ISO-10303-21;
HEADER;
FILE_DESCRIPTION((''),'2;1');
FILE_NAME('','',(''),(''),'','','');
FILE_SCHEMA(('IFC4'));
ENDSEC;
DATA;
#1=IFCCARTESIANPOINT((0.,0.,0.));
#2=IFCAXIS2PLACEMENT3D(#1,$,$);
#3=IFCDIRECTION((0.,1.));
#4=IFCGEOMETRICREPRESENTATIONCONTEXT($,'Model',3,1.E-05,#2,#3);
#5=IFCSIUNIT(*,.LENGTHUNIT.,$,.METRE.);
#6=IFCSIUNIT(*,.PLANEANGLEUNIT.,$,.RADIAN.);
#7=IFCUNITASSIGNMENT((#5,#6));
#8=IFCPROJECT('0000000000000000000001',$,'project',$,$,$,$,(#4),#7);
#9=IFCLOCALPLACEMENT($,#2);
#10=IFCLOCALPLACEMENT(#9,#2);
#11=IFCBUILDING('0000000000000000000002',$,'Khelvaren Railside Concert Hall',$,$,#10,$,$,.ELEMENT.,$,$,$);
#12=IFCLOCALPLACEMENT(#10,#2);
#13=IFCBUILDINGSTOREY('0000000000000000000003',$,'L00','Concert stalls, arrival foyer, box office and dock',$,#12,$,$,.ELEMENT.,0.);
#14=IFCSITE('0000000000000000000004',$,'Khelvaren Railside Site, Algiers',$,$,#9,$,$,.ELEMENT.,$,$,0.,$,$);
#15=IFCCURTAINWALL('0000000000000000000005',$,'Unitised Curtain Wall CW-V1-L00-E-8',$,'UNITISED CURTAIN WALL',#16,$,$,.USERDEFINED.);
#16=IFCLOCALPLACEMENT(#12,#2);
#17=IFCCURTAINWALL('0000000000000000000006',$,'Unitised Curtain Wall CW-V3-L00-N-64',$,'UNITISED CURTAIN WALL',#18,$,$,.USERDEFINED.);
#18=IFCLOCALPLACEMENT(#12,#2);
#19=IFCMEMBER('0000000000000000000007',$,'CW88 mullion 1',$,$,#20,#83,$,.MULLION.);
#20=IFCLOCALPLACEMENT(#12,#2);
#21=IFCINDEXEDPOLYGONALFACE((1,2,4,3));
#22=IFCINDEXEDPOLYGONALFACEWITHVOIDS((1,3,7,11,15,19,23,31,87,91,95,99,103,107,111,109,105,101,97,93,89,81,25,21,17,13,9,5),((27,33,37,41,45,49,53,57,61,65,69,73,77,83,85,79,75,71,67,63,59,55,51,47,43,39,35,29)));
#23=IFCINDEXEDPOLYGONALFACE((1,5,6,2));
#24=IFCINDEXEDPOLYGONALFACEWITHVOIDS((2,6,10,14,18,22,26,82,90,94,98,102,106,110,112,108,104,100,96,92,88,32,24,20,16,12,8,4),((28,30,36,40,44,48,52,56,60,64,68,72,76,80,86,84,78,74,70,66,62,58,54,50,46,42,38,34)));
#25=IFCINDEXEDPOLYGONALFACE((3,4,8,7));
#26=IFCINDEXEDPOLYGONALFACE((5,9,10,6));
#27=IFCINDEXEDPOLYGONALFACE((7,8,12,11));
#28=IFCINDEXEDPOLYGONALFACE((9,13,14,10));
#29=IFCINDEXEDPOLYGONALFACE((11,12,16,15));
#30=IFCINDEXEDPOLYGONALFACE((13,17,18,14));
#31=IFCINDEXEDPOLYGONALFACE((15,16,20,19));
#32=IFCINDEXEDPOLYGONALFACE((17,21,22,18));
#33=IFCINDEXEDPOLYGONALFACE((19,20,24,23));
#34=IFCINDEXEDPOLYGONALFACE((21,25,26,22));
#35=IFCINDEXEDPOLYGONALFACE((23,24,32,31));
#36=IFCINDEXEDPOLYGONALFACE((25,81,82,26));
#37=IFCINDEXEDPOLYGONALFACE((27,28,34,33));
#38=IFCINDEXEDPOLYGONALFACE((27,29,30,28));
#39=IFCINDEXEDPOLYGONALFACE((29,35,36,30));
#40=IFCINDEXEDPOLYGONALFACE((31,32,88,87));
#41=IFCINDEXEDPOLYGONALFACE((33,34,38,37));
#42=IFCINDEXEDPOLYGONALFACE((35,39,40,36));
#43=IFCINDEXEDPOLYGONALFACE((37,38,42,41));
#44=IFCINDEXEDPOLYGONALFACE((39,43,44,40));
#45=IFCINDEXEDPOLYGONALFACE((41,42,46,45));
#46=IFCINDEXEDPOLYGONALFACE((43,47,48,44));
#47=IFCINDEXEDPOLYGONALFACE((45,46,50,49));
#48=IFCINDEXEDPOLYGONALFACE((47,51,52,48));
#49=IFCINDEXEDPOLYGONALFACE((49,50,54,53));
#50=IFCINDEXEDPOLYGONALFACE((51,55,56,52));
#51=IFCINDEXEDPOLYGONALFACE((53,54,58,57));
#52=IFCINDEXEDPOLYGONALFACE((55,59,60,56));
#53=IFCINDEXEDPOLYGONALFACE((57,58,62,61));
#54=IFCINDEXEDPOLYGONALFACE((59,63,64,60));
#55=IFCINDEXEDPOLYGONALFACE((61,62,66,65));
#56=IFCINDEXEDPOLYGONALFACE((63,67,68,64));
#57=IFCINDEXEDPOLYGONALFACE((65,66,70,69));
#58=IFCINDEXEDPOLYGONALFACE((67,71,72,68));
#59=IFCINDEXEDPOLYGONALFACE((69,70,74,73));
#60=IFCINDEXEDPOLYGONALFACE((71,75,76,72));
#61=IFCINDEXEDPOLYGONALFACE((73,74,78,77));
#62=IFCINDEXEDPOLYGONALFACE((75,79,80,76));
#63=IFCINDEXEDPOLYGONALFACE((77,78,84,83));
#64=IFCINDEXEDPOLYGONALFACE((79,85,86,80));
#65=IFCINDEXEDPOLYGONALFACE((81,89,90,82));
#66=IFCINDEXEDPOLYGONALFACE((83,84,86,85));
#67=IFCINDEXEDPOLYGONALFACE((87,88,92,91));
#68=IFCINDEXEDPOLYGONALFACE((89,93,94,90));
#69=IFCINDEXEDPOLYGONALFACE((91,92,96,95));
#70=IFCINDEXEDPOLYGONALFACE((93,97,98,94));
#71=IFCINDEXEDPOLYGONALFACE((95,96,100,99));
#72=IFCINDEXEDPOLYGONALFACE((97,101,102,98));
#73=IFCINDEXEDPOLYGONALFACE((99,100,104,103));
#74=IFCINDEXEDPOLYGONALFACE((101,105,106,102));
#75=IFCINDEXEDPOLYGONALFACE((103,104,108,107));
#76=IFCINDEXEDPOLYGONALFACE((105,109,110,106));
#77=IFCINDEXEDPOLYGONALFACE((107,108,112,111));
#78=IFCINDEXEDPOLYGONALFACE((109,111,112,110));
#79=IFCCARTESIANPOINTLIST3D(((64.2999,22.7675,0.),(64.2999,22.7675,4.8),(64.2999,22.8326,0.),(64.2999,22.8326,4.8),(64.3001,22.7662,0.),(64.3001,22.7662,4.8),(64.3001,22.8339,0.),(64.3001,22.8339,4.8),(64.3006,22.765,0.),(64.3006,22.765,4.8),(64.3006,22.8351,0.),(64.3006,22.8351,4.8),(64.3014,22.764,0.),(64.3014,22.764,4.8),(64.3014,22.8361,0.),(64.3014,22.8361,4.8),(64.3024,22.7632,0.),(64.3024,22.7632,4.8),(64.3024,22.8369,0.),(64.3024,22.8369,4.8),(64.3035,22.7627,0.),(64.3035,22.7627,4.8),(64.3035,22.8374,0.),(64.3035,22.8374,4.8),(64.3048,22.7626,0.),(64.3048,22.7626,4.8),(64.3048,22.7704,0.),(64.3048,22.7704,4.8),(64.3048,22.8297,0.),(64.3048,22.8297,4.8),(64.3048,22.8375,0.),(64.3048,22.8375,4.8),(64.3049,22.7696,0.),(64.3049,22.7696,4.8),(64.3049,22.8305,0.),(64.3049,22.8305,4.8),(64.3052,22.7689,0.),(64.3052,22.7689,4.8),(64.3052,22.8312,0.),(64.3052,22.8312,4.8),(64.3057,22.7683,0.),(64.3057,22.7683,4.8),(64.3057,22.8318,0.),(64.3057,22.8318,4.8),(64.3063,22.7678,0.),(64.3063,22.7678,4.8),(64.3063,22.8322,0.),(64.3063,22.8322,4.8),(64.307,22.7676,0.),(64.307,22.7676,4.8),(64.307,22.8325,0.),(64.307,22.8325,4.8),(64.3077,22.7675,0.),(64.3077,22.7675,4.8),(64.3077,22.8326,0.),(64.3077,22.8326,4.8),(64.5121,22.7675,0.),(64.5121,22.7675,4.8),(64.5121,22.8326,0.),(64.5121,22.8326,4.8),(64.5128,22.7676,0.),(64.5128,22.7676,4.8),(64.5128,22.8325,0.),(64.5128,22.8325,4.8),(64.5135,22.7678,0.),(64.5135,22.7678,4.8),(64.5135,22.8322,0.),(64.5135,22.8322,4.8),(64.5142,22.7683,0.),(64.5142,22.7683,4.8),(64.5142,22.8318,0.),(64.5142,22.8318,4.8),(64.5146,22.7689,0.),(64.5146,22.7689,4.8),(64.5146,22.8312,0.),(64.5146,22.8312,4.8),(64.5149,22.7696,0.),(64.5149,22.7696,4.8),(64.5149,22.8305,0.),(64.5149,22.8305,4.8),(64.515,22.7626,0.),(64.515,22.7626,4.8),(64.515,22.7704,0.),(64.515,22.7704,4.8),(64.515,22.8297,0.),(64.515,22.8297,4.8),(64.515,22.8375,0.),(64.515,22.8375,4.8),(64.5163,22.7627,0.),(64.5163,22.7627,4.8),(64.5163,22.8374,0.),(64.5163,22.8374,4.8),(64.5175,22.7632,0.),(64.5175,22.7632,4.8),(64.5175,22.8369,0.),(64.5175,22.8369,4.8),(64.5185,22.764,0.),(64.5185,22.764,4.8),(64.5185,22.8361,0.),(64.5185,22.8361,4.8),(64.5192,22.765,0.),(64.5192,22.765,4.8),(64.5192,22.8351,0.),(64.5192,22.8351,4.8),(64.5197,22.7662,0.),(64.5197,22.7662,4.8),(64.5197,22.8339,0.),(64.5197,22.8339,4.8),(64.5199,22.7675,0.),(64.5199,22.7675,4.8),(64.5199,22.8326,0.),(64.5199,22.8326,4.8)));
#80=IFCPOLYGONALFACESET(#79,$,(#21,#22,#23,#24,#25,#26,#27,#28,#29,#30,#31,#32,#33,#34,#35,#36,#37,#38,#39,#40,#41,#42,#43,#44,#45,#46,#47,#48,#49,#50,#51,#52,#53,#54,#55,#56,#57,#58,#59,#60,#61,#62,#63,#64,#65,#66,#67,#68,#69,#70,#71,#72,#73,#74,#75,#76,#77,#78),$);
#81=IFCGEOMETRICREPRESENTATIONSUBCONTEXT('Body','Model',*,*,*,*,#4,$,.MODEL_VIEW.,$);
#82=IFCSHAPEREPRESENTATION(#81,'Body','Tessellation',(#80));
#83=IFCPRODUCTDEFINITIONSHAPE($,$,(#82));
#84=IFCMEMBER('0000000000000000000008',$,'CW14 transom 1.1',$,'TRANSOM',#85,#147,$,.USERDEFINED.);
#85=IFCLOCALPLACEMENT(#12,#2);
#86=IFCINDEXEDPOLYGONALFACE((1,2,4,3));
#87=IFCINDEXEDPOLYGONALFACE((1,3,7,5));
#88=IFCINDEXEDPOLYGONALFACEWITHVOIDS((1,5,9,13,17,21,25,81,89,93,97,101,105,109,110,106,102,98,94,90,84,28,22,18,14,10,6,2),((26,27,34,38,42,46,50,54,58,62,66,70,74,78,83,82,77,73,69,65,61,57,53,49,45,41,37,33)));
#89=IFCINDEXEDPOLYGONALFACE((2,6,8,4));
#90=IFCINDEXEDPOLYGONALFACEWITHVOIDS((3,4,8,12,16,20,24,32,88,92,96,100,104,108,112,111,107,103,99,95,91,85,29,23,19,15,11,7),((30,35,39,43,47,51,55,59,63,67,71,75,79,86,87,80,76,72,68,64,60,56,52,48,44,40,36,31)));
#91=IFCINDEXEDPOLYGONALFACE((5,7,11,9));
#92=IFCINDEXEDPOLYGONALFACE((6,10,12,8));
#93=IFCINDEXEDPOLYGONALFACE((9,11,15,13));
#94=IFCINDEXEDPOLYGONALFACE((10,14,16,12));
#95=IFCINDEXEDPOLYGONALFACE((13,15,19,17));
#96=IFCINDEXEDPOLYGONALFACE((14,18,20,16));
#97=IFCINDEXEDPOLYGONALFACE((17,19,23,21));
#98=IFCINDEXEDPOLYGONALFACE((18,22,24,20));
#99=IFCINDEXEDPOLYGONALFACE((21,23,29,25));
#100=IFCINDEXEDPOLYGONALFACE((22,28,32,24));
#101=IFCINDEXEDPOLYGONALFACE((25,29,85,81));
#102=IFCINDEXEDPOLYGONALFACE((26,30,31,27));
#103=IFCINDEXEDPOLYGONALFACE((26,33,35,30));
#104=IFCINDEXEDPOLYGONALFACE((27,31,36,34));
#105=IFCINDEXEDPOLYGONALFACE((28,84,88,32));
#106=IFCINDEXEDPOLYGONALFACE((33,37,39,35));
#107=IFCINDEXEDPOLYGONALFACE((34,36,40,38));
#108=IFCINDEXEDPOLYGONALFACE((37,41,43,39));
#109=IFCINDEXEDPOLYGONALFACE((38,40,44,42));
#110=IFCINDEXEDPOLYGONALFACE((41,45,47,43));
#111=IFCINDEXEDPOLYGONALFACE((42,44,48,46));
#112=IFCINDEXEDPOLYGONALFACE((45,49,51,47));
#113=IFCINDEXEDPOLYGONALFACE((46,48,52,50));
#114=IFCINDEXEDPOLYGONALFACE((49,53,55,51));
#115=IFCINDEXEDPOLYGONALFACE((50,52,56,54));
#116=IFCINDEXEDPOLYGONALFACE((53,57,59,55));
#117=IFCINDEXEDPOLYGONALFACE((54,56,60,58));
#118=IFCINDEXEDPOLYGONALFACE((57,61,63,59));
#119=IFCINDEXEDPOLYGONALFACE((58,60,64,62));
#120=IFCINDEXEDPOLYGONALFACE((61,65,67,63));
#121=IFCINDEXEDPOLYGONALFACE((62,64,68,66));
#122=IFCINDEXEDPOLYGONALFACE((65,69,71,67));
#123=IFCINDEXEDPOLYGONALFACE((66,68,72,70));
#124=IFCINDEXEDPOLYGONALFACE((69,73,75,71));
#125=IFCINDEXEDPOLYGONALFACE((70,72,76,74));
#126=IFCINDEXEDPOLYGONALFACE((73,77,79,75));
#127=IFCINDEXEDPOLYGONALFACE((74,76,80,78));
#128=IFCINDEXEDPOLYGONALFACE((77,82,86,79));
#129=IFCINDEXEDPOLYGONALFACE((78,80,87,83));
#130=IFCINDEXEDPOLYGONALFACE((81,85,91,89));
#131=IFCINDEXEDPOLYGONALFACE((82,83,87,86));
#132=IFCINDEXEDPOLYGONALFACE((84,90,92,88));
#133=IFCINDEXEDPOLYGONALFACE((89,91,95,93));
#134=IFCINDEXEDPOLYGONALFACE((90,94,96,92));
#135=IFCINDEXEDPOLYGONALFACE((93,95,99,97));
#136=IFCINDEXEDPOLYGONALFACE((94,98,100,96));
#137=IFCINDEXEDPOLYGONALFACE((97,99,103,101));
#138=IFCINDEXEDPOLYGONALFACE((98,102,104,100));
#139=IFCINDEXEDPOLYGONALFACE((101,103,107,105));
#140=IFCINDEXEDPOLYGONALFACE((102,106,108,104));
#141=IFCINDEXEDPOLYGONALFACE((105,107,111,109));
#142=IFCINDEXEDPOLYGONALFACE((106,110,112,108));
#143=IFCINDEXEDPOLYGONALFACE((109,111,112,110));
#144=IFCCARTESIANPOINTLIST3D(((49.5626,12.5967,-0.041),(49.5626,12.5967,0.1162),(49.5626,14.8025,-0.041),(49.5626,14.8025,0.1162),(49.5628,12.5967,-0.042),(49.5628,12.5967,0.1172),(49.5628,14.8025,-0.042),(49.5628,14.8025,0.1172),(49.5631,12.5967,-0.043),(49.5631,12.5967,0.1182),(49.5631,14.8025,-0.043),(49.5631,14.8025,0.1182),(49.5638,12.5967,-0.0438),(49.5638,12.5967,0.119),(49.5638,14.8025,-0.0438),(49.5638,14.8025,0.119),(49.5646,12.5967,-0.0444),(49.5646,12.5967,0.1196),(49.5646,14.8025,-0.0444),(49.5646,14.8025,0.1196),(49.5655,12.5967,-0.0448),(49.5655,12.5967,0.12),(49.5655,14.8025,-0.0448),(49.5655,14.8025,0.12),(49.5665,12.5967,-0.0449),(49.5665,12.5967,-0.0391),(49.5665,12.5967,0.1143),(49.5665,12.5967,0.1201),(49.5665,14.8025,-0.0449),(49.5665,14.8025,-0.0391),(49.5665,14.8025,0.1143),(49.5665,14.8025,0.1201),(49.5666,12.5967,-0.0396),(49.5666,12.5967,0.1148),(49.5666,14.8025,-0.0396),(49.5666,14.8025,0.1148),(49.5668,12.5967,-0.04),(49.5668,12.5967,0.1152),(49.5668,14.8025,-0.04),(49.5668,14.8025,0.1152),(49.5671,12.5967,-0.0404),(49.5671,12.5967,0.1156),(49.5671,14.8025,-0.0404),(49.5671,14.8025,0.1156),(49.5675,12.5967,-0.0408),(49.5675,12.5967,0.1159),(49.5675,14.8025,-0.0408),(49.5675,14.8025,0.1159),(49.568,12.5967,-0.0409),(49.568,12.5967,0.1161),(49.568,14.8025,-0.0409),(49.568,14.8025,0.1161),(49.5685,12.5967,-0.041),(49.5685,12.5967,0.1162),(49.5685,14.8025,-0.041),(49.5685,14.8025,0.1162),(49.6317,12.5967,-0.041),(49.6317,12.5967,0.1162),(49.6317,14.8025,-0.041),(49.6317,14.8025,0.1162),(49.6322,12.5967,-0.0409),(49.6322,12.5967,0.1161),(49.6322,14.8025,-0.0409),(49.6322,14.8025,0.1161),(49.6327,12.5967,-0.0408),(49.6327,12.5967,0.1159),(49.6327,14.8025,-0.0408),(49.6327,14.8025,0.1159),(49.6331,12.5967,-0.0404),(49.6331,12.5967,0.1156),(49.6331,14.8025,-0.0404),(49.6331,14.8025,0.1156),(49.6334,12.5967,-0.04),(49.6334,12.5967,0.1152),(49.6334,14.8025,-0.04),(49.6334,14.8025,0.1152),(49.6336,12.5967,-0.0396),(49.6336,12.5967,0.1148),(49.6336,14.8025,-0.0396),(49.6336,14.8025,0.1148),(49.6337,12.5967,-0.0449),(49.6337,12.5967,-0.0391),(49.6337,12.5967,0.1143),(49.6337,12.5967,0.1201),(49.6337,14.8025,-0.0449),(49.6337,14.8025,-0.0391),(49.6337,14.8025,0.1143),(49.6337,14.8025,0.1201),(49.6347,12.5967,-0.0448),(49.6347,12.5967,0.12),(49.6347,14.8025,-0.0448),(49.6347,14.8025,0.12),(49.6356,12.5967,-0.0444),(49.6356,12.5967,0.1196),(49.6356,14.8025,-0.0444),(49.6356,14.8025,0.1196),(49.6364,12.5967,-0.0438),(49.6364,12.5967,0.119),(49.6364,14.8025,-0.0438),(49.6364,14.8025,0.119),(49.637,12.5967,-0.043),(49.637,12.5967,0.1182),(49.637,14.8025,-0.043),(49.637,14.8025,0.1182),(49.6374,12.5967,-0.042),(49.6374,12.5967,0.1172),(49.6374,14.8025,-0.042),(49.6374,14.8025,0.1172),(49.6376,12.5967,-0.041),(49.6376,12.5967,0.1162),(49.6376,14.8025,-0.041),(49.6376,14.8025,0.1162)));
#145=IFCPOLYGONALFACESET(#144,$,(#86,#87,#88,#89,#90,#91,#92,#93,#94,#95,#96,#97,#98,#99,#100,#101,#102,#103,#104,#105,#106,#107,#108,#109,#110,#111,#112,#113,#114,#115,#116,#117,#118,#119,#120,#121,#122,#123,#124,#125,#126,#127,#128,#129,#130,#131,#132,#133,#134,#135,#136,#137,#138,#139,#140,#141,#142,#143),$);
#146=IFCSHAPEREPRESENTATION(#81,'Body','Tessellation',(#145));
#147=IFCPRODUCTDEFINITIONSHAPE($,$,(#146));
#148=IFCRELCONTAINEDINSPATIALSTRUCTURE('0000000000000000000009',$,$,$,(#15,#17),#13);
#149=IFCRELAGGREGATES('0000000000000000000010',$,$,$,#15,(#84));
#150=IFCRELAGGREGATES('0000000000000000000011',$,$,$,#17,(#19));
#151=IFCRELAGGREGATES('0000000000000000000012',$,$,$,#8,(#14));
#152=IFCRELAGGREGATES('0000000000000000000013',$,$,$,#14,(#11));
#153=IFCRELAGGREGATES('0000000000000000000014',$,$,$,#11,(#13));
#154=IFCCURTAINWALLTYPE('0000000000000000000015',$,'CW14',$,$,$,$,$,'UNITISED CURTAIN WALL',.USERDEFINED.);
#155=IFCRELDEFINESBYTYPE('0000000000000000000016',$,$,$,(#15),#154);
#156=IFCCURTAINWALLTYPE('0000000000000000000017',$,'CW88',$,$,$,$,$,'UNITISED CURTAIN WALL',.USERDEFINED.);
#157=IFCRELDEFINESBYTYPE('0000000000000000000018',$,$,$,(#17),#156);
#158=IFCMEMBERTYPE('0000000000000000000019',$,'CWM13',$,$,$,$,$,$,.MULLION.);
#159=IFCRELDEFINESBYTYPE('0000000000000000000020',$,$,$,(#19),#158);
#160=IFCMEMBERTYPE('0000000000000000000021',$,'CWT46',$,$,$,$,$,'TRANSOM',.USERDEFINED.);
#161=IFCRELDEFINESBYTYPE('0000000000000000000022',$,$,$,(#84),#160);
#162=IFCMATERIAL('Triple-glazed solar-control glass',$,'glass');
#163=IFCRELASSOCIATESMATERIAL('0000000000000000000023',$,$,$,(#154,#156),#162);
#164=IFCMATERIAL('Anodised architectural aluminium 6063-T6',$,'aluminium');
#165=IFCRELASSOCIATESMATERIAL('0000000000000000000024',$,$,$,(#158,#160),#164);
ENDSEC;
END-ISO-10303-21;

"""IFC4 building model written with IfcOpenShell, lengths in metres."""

from ifc_helpers import new_model, si_unit, direction, frame, origin, origin_2d, place, context, subcontext, project, spatial, hollow_rectangle, extrude, material, material_profile, profile_set, type_object, element, aggregate, save


model = new_model("IFC4")

# Units and contexts
model_context = context("Model", 3, precision=1e-05, world=origin(), true_north=direction((0.0, 1.0)))
body_context = subcontext(model_context, "Body", "Model", "MODEL_VIEW")
ifc_project = project(units=[si_unit("LENGTHUNIT", "METRE"), si_unit("PLANEANGLEUNIT", "RADIAN")], contexts=[model_context])

# Site, building, storey
site_placement = place(None, origin())
site = spatial("IfcSite", under=ifc_project, at=site_placement, Name="Khelvaren Railside Site, Algiers", CompositionType="ELEMENT", RefElevation=0.0)
building_placement = place(site_placement, origin())
building = spatial("IfcBuilding", under=site, at=building_placement, Name="Khelvaren Railside Concert Hall", CompositionType="ELEMENT")
storey_placement = place(building_placement, origin())
storey = spatial("IfcBuildingStorey", under=building, at=storey_placement, Name="L00", Description="Concert stalls, arrival foyer, box office and dock", CompositionType="ELEMENT", Elevation=0.0)

# Curtain wall
ifc_material_1 = material(Name="Triple-glazed solar-control glass", Category="glass")
curtain_wall_type_1 = type_object("IfcCurtainWallType", Name="CW14", ElementType="UNITISED CURTAIN WALL", PredefinedType="USERDEFINED", material=ifc_material_1)
curtain_wall_1_placement = place(storey_placement, origin())
curtain_wall_1 = element("IfcCurtainWall", 1, at=curtain_wall_1_placement, inside=storey, type_object=curtain_wall_type_1, Name="Unitised Curtain Wall CW-V1-L00-E-8", ObjectType="UNITISED CURTAIN WALL", PredefinedType="USERDEFINED")
ifc_material_2 = material(Name="Anodised architectural aluminium 6063-T6", Category="aluminium")
ifc_material_profile_1 = material_profile(ifc_material_2, hollow_rectangle(XDim=0.075, YDim=0.22, WallThickness=0.0049, InnerFilletRadius=0.0029, OuterFilletRadius=0.0049, at=origin_2d()), Name="CWM 75x220x5")
ifc_profile_set_1 = profile_set([ifc_material_profile_1], Name="Anodised architectural aluminium 6063-T6")
member_type_1 = type_object("IfcMemberType", Name="CWM13", PredefinedType="MULLION", material=ifc_profile_set_1)

# Curtain wall, member
curtain_wall_type_2 = type_object("IfcCurtainWallType", Name="CW88", ElementType="UNITISED CURTAIN WALL", PredefinedType="USERDEFINED", material=ifc_material_1)
curtain_wall_2_placement = place(storey_placement, origin())
curtain_wall_2 = element("IfcCurtainWall", 2, at=curtain_wall_2_placement, inside=storey, type_object=curtain_wall_type_2, Name="Unitised Curtain Wall CW-V3-L00-N-64", ObjectType="UNITISED CURTAIN WALL", PredefinedType="USERDEFINED")
member_1_placement = place(storey_placement, frame((64.4099, 22.8, 0.0), z_axis=(0.0, 0.0, 1.0), x_axis=(0.0, 1.0, 0.0)))
member_1 = element("IfcMember", 3, at=member_1_placement, type_object=member_type_1, Name="CW88 mullion 1", PredefinedType="MULLION", context=body_context, shape_type="SweptSolid", body=[
    extrude(hollow_rectangle(XDim=0.075, YDim=0.22, WallThickness=0.0049, InnerFilletRadius=0.0029, OuterFilletRadius=0.0049, at=origin_2d()), origin(), (0.0, 0.0, 1.0), 4.8),
])

# Member
ifc_material_profile_2 = material_profile(ifc_material_2, hollow_rectangle(XDim=0.075, YDim=0.165, WallThickness=0.0039, InnerFilletRadius=0.002, OuterFilletRadius=0.0039, at=origin_2d()), Name="CWT 75x165x4")
ifc_profile_set_2 = profile_set([ifc_material_profile_2], Name="Anodised architectural aluminium 6063-T6")
member_type_2 = type_object("IfcMemberType", Name="CWT46", ElementType="TRANSOM", PredefinedType="USERDEFINED", material=ifc_profile_set_2)
member_2_placement = place(storey_placement, frame((49.6001, 14.8025, 0.0376), z_axis=(0.0, -1.0, 0.0), x_axis=(1.0, 0.0, 0.0)))
member_2 = element("IfcMember", 4, at=member_2_placement, type_object=member_type_2, Name="CW14 transom 1.1", ObjectType="TRANSOM", PredefinedType="USERDEFINED", context=body_context, shape_type="SweptSolid", body=[
    extrude(hollow_rectangle(XDim=0.075, YDim=0.165, WallThickness=0.0039, InnerFilletRadius=0.002, OuterFilletRadius=0.0039, at=origin_2d()), origin(), (0.0, 0.0, 1.0), 2.2058),
])

aggregate(curtain_wall_1, [member_2])
aggregate(curtain_wall_2, [member_1])

save(model, "model.ifc")
